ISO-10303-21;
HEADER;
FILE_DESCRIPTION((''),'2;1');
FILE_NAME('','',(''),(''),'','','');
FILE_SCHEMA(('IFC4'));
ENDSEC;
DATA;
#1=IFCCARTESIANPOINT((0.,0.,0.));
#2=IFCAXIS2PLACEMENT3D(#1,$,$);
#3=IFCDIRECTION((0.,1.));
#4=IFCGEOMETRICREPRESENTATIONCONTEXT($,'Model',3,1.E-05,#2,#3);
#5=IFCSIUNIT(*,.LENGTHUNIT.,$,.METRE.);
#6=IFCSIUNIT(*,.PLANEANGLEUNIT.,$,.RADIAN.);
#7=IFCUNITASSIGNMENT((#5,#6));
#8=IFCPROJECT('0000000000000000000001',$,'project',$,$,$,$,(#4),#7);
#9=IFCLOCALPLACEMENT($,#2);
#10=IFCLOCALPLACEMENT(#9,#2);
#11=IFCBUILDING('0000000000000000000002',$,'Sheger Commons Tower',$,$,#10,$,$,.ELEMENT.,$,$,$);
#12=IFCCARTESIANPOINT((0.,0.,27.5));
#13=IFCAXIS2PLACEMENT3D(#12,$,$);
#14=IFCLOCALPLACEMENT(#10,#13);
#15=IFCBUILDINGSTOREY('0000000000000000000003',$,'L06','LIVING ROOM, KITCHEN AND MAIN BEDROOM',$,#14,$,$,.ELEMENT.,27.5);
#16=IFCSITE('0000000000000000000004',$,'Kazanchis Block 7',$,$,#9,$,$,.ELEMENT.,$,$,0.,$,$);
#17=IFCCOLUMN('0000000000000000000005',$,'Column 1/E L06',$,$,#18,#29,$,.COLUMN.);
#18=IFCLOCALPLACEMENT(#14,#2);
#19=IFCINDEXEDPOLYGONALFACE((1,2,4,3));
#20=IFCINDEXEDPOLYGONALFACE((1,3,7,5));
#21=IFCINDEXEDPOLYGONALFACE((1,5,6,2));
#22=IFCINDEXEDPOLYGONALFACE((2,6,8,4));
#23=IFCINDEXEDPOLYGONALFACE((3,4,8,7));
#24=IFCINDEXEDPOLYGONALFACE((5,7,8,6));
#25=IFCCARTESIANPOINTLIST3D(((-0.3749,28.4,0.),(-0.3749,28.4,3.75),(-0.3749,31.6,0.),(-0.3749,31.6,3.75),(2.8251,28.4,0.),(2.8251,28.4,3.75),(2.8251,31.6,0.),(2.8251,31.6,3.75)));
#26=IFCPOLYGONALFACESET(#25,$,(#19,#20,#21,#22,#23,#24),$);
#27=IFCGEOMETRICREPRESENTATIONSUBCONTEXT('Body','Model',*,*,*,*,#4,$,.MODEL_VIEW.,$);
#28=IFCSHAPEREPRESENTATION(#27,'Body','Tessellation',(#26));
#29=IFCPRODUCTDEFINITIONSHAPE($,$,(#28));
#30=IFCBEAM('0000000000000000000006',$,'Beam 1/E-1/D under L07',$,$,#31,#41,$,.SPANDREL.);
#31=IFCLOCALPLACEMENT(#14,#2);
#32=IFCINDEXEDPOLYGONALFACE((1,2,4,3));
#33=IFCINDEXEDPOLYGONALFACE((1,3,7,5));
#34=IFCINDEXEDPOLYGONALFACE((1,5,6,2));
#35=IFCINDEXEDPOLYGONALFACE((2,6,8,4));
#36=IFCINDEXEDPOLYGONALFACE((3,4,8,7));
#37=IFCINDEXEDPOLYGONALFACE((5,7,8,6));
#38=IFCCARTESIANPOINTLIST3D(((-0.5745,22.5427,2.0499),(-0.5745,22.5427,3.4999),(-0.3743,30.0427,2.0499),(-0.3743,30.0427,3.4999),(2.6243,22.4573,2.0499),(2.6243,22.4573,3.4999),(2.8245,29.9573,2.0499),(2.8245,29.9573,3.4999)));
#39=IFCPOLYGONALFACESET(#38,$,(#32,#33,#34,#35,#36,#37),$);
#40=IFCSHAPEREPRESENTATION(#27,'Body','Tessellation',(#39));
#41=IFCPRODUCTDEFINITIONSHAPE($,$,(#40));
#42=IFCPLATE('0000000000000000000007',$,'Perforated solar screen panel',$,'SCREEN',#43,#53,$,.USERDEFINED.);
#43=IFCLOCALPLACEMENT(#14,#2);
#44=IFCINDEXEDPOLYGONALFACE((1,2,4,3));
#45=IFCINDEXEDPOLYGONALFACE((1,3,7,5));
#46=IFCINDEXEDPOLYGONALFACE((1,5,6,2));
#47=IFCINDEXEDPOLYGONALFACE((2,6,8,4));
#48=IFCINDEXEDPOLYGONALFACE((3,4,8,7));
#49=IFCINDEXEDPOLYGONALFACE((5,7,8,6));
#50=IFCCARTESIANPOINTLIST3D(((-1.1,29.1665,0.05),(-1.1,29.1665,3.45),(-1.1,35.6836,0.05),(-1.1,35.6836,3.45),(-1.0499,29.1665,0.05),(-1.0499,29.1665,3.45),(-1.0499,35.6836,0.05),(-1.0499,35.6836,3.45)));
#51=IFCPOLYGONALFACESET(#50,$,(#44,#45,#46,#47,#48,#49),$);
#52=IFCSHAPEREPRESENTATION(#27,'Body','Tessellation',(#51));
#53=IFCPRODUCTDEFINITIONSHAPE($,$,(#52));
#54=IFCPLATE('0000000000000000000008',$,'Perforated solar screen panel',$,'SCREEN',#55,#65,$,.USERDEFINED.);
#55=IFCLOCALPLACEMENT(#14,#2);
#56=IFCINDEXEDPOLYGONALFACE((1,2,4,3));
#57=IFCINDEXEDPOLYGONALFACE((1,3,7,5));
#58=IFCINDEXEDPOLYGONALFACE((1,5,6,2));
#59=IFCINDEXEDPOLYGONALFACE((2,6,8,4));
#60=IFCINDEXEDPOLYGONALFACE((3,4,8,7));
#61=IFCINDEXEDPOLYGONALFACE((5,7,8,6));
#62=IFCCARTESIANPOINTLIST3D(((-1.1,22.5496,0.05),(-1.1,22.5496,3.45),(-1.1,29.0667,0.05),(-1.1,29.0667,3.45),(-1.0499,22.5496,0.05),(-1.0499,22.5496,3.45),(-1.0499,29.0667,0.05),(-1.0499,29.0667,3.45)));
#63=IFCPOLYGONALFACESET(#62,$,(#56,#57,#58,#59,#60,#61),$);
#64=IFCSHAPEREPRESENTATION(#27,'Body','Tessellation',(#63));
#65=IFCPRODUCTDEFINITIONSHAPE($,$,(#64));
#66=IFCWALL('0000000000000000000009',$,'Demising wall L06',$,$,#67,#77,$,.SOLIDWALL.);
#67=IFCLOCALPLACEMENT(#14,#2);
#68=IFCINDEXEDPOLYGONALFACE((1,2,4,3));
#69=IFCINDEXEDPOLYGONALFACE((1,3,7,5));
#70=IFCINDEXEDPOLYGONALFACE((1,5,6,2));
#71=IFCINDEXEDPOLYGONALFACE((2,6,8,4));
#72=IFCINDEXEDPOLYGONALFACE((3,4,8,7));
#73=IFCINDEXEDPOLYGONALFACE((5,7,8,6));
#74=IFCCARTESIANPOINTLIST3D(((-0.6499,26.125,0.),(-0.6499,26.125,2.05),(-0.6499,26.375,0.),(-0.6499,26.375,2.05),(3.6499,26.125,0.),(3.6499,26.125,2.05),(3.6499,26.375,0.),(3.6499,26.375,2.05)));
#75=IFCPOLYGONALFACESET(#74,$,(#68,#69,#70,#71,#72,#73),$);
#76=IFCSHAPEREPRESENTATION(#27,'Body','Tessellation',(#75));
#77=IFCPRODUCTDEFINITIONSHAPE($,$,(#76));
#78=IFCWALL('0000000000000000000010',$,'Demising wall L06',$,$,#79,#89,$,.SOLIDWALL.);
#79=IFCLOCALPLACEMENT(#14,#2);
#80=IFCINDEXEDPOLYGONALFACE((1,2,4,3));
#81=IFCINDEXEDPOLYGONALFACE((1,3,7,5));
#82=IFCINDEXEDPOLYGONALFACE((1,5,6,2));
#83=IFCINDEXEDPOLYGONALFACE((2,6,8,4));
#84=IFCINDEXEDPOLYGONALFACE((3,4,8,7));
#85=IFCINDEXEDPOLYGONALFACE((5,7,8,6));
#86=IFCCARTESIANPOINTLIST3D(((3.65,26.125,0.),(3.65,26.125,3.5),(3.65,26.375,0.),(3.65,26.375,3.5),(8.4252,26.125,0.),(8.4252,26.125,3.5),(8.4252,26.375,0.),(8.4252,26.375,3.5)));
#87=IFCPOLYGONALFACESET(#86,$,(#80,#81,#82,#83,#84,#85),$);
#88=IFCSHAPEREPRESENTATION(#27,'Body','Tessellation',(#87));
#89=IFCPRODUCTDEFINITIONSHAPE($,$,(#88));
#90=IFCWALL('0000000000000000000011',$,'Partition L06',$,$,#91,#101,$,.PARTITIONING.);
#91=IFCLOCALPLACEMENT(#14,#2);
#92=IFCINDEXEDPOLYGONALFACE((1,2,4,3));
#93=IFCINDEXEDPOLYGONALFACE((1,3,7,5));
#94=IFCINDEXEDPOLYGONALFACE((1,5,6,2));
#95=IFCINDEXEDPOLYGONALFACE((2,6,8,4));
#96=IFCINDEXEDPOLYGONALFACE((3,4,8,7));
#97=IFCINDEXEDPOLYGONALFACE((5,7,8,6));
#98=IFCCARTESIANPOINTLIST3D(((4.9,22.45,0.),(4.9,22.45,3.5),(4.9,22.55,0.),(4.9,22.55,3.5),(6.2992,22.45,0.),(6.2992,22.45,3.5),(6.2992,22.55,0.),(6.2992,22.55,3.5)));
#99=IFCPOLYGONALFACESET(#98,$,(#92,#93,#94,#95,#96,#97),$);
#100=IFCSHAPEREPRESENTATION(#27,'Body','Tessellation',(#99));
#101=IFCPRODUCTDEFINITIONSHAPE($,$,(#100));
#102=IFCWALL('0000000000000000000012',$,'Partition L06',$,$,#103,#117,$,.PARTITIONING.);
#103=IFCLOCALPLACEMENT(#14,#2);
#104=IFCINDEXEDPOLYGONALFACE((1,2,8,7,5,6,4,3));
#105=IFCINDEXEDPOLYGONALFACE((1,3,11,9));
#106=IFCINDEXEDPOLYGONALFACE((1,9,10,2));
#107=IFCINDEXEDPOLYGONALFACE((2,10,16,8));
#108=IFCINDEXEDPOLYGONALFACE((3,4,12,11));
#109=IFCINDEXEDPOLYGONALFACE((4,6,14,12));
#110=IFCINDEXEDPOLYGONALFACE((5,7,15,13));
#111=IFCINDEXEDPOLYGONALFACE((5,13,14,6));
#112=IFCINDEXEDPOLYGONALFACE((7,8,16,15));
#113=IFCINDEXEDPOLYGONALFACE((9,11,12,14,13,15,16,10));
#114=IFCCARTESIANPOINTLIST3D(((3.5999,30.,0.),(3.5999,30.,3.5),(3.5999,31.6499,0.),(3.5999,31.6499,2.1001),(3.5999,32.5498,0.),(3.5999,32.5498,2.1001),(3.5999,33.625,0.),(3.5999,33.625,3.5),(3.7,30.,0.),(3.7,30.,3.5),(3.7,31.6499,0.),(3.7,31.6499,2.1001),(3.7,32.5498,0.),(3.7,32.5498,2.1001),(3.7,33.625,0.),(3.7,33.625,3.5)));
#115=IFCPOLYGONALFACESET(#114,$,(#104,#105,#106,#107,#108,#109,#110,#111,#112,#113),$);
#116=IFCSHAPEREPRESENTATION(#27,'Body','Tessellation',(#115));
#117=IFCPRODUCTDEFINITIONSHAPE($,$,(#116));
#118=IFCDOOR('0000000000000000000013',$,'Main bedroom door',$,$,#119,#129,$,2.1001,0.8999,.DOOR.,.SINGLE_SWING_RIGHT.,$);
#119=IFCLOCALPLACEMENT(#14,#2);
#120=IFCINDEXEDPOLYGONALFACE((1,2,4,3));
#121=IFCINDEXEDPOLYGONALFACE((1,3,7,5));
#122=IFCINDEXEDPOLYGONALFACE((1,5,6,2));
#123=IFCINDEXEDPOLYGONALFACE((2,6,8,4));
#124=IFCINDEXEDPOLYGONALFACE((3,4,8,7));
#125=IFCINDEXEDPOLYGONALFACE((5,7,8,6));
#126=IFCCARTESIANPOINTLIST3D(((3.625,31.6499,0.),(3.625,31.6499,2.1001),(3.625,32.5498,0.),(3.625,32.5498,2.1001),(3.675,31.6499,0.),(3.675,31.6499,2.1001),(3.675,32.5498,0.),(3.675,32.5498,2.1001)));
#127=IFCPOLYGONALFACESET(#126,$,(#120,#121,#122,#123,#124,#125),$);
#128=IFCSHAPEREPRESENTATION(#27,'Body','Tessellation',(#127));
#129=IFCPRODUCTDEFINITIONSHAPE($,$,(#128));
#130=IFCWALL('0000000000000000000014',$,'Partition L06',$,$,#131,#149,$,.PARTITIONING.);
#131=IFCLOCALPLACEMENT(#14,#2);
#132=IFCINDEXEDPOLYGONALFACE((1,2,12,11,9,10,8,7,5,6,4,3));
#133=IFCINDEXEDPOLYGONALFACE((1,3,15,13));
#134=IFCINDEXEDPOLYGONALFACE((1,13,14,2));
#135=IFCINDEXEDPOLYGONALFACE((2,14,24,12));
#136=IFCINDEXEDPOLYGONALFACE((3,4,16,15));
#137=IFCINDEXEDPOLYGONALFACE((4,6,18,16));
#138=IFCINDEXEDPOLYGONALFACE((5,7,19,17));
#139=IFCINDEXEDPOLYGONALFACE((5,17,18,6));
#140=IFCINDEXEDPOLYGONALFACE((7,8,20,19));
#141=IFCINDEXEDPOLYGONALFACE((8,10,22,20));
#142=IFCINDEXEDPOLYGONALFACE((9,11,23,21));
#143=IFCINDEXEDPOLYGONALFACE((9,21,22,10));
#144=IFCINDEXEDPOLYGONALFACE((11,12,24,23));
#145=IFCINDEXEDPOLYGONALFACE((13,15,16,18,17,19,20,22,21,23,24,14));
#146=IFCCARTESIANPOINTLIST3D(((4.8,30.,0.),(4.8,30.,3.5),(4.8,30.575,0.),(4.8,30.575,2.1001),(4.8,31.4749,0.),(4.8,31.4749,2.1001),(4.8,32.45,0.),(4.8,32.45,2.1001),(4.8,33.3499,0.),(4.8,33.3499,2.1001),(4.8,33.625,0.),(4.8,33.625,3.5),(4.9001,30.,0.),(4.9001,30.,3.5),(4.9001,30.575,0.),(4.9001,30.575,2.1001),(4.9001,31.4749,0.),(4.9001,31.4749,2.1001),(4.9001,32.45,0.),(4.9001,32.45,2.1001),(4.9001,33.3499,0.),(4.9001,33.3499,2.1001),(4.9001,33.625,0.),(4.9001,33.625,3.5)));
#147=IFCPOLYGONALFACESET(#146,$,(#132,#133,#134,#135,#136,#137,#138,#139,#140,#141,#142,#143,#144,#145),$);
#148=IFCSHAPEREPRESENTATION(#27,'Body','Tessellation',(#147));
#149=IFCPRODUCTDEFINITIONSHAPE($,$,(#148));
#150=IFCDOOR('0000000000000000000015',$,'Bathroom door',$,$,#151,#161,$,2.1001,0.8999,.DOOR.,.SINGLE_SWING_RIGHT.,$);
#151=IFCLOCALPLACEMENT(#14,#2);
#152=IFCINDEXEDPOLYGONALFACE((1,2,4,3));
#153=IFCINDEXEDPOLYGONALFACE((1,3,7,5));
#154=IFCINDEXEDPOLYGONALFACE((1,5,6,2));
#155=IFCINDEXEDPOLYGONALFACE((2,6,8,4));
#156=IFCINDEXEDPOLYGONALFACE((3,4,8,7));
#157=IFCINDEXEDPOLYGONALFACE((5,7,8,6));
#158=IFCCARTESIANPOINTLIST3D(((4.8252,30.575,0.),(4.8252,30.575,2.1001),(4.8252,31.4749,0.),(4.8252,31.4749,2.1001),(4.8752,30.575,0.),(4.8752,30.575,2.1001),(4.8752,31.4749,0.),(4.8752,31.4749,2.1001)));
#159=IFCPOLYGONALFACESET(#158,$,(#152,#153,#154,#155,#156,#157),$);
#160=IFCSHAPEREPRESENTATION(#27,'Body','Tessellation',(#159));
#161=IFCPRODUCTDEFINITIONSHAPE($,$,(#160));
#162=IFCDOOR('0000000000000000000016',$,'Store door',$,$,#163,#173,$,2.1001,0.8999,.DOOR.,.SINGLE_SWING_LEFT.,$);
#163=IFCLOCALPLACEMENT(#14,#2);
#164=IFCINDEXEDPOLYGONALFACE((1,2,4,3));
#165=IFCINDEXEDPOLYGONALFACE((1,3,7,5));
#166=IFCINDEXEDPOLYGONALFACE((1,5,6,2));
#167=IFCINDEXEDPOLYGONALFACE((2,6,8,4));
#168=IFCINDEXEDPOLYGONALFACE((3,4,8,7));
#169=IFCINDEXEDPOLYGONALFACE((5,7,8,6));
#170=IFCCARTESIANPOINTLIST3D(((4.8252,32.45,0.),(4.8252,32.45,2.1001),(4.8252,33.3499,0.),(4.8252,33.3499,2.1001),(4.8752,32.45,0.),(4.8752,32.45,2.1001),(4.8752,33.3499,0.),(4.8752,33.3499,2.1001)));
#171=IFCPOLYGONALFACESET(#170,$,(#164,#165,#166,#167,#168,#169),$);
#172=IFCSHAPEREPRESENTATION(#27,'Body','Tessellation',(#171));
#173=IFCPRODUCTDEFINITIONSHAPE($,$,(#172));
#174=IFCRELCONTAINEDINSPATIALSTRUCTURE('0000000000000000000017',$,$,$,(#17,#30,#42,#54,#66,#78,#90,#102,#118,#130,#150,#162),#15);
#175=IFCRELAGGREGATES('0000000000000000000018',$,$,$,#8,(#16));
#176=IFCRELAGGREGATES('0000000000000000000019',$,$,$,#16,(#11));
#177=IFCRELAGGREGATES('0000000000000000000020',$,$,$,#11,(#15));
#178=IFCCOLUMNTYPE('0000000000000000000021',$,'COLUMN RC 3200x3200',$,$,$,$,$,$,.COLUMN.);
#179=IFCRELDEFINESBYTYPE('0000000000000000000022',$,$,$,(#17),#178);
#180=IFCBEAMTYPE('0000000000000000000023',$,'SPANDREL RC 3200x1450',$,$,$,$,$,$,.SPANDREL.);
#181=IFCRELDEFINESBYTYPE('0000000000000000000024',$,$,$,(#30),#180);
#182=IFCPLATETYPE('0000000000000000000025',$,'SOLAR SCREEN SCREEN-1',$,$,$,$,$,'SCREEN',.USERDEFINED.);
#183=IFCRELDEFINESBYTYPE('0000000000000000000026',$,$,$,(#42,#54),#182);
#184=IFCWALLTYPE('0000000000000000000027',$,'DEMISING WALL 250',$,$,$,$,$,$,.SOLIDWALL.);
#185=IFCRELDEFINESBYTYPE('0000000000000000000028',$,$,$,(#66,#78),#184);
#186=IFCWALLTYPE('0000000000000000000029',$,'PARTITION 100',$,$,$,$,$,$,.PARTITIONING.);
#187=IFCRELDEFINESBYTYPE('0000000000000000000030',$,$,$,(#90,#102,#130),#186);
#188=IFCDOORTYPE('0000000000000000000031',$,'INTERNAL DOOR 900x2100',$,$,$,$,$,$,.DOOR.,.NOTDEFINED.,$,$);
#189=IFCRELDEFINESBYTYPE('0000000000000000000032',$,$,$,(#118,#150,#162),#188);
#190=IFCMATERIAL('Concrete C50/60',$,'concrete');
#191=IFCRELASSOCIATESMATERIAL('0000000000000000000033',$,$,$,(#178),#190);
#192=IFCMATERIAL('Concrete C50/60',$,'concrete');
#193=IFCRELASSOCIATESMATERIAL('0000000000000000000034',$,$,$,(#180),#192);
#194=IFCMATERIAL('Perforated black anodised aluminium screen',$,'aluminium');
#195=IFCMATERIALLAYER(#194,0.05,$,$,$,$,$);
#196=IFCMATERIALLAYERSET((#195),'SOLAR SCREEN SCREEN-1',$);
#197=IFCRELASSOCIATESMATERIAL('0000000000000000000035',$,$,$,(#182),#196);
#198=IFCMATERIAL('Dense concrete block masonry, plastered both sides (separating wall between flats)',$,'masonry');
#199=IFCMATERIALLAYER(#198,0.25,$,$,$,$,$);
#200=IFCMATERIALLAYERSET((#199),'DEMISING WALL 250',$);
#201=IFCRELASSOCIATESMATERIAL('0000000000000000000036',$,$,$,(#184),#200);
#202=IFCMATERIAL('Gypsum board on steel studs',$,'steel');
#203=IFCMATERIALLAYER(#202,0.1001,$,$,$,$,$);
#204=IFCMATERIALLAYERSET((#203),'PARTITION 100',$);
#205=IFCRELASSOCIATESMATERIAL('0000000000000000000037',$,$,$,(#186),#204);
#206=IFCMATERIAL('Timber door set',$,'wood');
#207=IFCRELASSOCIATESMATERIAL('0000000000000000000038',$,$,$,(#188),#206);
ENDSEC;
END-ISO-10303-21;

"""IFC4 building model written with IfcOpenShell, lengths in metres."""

from ifc_helpers import new_model, si_unit, direction, frame, frame_2d, origin, origin_2d, place, context, subcontext, project, spatial, rectangle, extrude, material, layer, layer_set, material_profile, profile_set, type_object, element, fill, save


model = new_model("IFC4")

# Units and contexts
model_context = context("Model", 3, precision=1e-05, world=origin(), true_north=direction((0.0, 1.0)))
body_context = subcontext(model_context, "Body", "Model", "MODEL_VIEW")
ifc_project = project(units=[si_unit("LENGTHUNIT", "METRE"), si_unit("PLANEANGLEUNIT", "RADIAN")], contexts=[model_context])

# Site, building, storey
site_placement = place(None, origin())
site = spatial("IfcSite", under=ifc_project, at=site_placement, Name="Kazanchis Block 7", CompositionType="ELEMENT", RefElevation=0.0)
building_placement = place(site_placement, origin())
building = spatial("IfcBuilding", under=site, at=building_placement, Name="Sheger Commons Tower", CompositionType="ELEMENT")
storey_placement = place(building_placement, frame((0.0, 0.0, 27.5)))
storey = spatial("IfcBuildingStorey", under=building, at=storey_placement, Name="L06", Description="LIVING ROOM, KITCHEN AND MAIN BEDROOM", CompositionType="ELEMENT", Elevation=27.5)

# Column
ifc_material_1 = material(Name="Concrete C50/60", Category="concrete")
ifc_material_profile_1 = material_profile(ifc_material_1, rectangle(XDim=3.2, YDim=3.2, at=origin_2d()), Name="RC 3200x3200")
ifc_profile_set_1 = profile_set([ifc_material_profile_1], Name="Concrete C50/60")
column_type = type_object("IfcColumnType", Name="COLUMN RC 3200x3200", PredefinedType="COLUMN", material=ifc_profile_set_1)
column_placement = place(storey_placement, frame((1.2251, 30.0, 0.0), z_axis=(0.0, 0.0, 1.0), x_axis=(1.0, 0.0, 0.0)))
element("IfcColumn", 1, at=column_placement, inside=storey, type_object=column_type, Name="Column 1/E L06", PredefinedType="COLUMN", context=body_context, shape_type="SweptSolid", body=[
    extrude(rectangle(XDim=3.2, YDim=3.2, at=origin_2d()), origin(), (0.0, 0.0, 1.0), 3.75),
])

# Beam
ifc_material_2 = material(Name="Concrete C50/60", Category="concrete")
ifc_material_profile_2 = material_profile(ifc_material_2, rectangle(XDim=3.2, YDim=1.45, at=origin_2d()), Name="RC 3200x1450")
ifc_profile_set_2 = profile_set([ifc_material_profile_2], Name="Concrete C50/60")
beam_type = type_object("IfcBeamType", Name="SPANDREL RC 3200x1450", PredefinedType="SPANDREL", material=ifc_profile_set_2)
beam_placement = place(storey_placement, frame((1.2251, 30.0, 2.7749), z_axis=(-0.026683, -0.999644, 0.0), x_axis=(0.999644, -0.026683, 0.0)))
element("IfcBeam", 2, at=beam_placement, inside=storey, type_object=beam_type, Name="Beam 1/E-1/D under L07", PredefinedType="SPANDREL", context=body_context, shape_type="SweptSolid", body=[
    extrude(rectangle(XDim=3.2, YDim=1.45, at=origin_2d()), origin(), (0.0, 0.0, 1.0), 7.5027),
])

# Plates
ifc_material_3 = material(Name="Perforated black anodised aluminium screen", Category="aluminium")
ifc_layer_1 = layer(ifc_material_3, 0.05)
ifc_layer_set_1 = layer_set([ifc_layer_1], Name="SOLAR SCREEN SCREEN-1")
plate_type = type_object("IfcPlateType", Name="SOLAR SCREEN SCREEN-1", ElementType="SCREEN", PredefinedType="USERDEFINED", material=ifc_layer_set_1)
for number, where, z_axis, x_axis, name in (
    (3, (-1.075, 32.425, 0.05), (0.0, 0.0, 1.0), (0.0, -1.0, 0.0), "Perforated solar screen panel"),
    (4, (-1.075, 25.8081, 0.05), (0.0, 0.0, 1.0), (0.0, -1.0, 0.0), "Perforated solar screen panel"),
):
    element("IfcPlate", number, at=place(storey_placement, frame(where, z_axis=z_axis, x_axis=x_axis)), inside=storey, type_object=plate_type, Name=name, ObjectType="SCREEN", PredefinedType="USERDEFINED", context=body_context, shape_type="SweptSolid", body=[
        extrude(rectangle(XDim=6.5171, YDim=0.05, at=origin_2d()), origin(), (0.0, 0.0, 1.0), 3.3999),
    ])

# Walls
ifc_material_4 = material(Name="Dense concrete block masonry, plastered both sides (separating wall between flats)", Category="masonry")
ifc_layer_2 = layer(ifc_material_4, 0.25)
ifc_layer_set_2 = layer_set([ifc_layer_2], Name="DEMISING WALL 250")
wall_type_1 = type_object("IfcWallType", Name="DEMISING WALL 250", PredefinedType="SOLIDWALL", material=ifc_layer_set_2)
wall_1_placement = place(storey_placement, frame((-0.6499, 26.25, 0.0), z_axis=(0.0, 0.0, 1.0), x_axis=(1.0, 0.0, 0.0)))
element("IfcWall", 5, at=wall_1_placement, inside=storey, type_object=wall_type_1, Name="Demising wall L06", PredefinedType="SOLIDWALL", context=body_context, shape_type="SweptSolid", body=[
    extrude(rectangle(XDim=4.2998, YDim=0.25, at=frame_2d((2.1499, 0.0))), origin(), (0.0, 0.0, 1.0), 2.05),
])
wall_2_placement = place(storey_placement, frame((3.6499, 26.25, 0.0), z_axis=(0.0, 0.0, 1.0), x_axis=(1.0, 0.0, 0.0)))
element("IfcWall", 6, at=wall_2_placement, inside=storey, type_object=wall_type_1, Name="Demising wall L06", PredefinedType="SOLIDWALL", context=body_context, shape_type="SweptSolid", body=[
    extrude(rectangle(XDim=4.7751, YDim=0.25, at=frame_2d((2.3877, 0.0))), origin(), (0.0, 0.0, 1.0), 3.5),
])
ifc_material_5 = material(Name="Gypsum board on steel studs", Category="steel")
ifc_layer_3 = layer(ifc_material_5, 0.1001)
ifc_layer_set_3 = layer_set([ifc_layer_3], Name="PARTITION 100")
wall_type_2 = type_object("IfcWallType", Name="PARTITION 100", PredefinedType="PARTITIONING", material=ifc_layer_set_3)
wall_3_placement = place(storey_placement, frame((4.8999, 22.5, 0.0), z_axis=(0.0, 0.0, 1.0), x_axis=(1.0, 0.0, 0.0)))
element("IfcWall", 7, at=wall_3_placement, inside=storey, type_object=wall_type_2, Name="Partition L06", PredefinedType="PARTITIONING", context=body_context, shape_type="SweptSolid", body=[
    extrude(rectangle(XDim=1.3992, YDim=0.1001, at=frame_2d((0.6997, 0.0))), origin(), (0.0, 0.0, 1.0), 3.5),
])

# Wall, opening, door
wall_4_placement = place(storey_placement, frame((3.6499, 30.0, 0.0), z_axis=(0.0, 0.0, 1.0), x_axis=(0.0, 1.0, 0.0)))
wall_4 = element("IfcWall", 8, at=wall_4_placement, inside=storey, type_object=wall_type_2, Name="Partition L06", PredefinedType="PARTITIONING", context=body_context, shape_type="SweptSolid", body=[
    extrude(rectangle(XDim=3.625, YDim=0.1001, at=frame_2d((1.8125, 0.0))), origin(), (0.0, 0.0, 1.0), 3.5),
])
opening_1_placement = place(wall_4_placement, frame((1.6499, 0.0, 0.0)))
opening_1 = element("IfcOpeningElement", 9, at=opening_1_placement, cuts=wall_4, PredefinedType="OPENING", context=body_context, shape_type="SweptSolid", body=[
    extrude(rectangle(XDim=0.8999, YDim=2.1001, at=frame_2d((0.45, 1.05))), frame((0.0, 0.0601, 0.0), z_axis=(0.0, -1.0, 0.0), x_axis=(1.0, 0.0, 0.0)), (0.0, 0.0, 1.0), 0.1201),
])
ifc_material_6 = material(Name="Timber door set", Category="wood")
door_type = type_object("IfcDoorType", Name="INTERNAL DOOR 900x2100", OperationType="NOTDEFINED", PredefinedType="DOOR", material=ifc_material_6)
door_1_placement = place(opening_1_placement, origin())
door_1 = element("IfcDoor", 10, at=door_1_placement, inside=storey, type_object=door_type, Name="Main bedroom door", OperationType="SINGLE_SWING_RIGHT", OverallHeight=2.1001, OverallWidth=0.8999, PredefinedType="DOOR", context=body_context, shape_type="SweptSolid", body=[
    extrude(rectangle(XDim=0.8999, YDim=2.1001, at=frame_2d((0.45, 1.05))), frame((0.0, 0.0249, 0.0), z_axis=(0.0, -1.0, 0.0), x_axis=(1.0, 0.0, 0.0)), (0.0, 0.0, 1.0), 0.05),
])
fill(opening_1, door_1)

# Wall, openings, doors
wall_5_placement = place(storey_placement, frame((4.8501, 30.0, 0.0), z_axis=(0.0, 0.0, 1.0), x_axis=(0.0, 1.0, 0.0)))
wall_5 = element("IfcWall", 11, at=wall_5_placement, inside=storey, type_object=wall_type_2, Name="Partition L06", PredefinedType="PARTITIONING", context=body_context, shape_type="SweptSolid", body=[
    extrude(rectangle(XDim=3.625, YDim=0.1001, at=frame_2d((1.8125, 0.0))), origin(), (0.0, 0.0, 1.0), 3.5),
])
opening_2_placement = place(wall_5_placement, frame((0.575, 0.0, 0.0)))
opening_2 = element("IfcOpeningElement", 12, at=opening_2_placement, cuts=wall_5, PredefinedType="OPENING", context=body_context, shape_type="SweptSolid", body=[
    extrude(rectangle(XDim=0.8999, YDim=2.1001, at=frame_2d((0.45, 1.05))), frame((0.0, 0.0601, 0.0), z_axis=(0.0, -1.0, 0.0), x_axis=(1.0, 0.0, 0.0)), (0.0, 0.0, 1.0), 0.1201),
])
opening_3_placement = place(wall_5_placement, frame((2.45, 0.0, 0.0)))
opening_3 = element("IfcOpeningElement", 13, at=opening_3_placement, cuts=wall_5, PredefinedType="OPENING", context=body_context, shape_type="SweptSolid", body=[
    extrude(rectangle(XDim=0.8999, YDim=2.1001, at=frame_2d((0.45, 1.05))), frame((0.0, 0.0601, 0.0), z_axis=(0.0, -1.0, 0.0), x_axis=(1.0, 0.0, 0.0)), (0.0, 0.0, 1.0), 0.1201),
])
door_2_placement = place(opening_2_placement, origin())
door_2 = element("IfcDoor", 14, at=door_2_placement, inside=storey, type_object=door_type, Name="Bathroom door", OperationType="SINGLE_SWING_RIGHT", OverallHeight=2.1001, OverallWidth=0.8999, PredefinedType="DOOR", context=body_context, shape_type="SweptSolid", body=[
    extrude(rectangle(XDim=0.8999, YDim=2.1001, at=frame_2d((0.45, 1.05))), frame((0.0, 0.0249, 0.0), z_axis=(0.0, -1.0, 0.0), x_axis=(1.0, 0.0, 0.0)), (0.0, 0.0, 1.0), 0.05),
])
fill(opening_2, door_2)
door_3_placement = place(opening_3_placement, origin())
door_3 = element("IfcDoor", 15, at=door_3_placement, inside=storey, type_object=door_type, Name="Store door", OperationType="SINGLE_SWING_LEFT", OverallHeight=2.1001, OverallWidth=0.8999, PredefinedType="DOOR", context=body_context, shape_type="SweptSolid", body=[
    extrude(rectangle(XDim=0.8999, YDim=2.1001, at=frame_2d((0.45, 1.05))), frame((0.0, 0.0249, 0.0), z_axis=(0.0, -1.0, 0.0), x_axis=(1.0, 0.0, 0.0)), (0.0, 0.0, 1.0), 0.05),
])
fill(opening_3, door_3)

save(model, "model.ifc")
